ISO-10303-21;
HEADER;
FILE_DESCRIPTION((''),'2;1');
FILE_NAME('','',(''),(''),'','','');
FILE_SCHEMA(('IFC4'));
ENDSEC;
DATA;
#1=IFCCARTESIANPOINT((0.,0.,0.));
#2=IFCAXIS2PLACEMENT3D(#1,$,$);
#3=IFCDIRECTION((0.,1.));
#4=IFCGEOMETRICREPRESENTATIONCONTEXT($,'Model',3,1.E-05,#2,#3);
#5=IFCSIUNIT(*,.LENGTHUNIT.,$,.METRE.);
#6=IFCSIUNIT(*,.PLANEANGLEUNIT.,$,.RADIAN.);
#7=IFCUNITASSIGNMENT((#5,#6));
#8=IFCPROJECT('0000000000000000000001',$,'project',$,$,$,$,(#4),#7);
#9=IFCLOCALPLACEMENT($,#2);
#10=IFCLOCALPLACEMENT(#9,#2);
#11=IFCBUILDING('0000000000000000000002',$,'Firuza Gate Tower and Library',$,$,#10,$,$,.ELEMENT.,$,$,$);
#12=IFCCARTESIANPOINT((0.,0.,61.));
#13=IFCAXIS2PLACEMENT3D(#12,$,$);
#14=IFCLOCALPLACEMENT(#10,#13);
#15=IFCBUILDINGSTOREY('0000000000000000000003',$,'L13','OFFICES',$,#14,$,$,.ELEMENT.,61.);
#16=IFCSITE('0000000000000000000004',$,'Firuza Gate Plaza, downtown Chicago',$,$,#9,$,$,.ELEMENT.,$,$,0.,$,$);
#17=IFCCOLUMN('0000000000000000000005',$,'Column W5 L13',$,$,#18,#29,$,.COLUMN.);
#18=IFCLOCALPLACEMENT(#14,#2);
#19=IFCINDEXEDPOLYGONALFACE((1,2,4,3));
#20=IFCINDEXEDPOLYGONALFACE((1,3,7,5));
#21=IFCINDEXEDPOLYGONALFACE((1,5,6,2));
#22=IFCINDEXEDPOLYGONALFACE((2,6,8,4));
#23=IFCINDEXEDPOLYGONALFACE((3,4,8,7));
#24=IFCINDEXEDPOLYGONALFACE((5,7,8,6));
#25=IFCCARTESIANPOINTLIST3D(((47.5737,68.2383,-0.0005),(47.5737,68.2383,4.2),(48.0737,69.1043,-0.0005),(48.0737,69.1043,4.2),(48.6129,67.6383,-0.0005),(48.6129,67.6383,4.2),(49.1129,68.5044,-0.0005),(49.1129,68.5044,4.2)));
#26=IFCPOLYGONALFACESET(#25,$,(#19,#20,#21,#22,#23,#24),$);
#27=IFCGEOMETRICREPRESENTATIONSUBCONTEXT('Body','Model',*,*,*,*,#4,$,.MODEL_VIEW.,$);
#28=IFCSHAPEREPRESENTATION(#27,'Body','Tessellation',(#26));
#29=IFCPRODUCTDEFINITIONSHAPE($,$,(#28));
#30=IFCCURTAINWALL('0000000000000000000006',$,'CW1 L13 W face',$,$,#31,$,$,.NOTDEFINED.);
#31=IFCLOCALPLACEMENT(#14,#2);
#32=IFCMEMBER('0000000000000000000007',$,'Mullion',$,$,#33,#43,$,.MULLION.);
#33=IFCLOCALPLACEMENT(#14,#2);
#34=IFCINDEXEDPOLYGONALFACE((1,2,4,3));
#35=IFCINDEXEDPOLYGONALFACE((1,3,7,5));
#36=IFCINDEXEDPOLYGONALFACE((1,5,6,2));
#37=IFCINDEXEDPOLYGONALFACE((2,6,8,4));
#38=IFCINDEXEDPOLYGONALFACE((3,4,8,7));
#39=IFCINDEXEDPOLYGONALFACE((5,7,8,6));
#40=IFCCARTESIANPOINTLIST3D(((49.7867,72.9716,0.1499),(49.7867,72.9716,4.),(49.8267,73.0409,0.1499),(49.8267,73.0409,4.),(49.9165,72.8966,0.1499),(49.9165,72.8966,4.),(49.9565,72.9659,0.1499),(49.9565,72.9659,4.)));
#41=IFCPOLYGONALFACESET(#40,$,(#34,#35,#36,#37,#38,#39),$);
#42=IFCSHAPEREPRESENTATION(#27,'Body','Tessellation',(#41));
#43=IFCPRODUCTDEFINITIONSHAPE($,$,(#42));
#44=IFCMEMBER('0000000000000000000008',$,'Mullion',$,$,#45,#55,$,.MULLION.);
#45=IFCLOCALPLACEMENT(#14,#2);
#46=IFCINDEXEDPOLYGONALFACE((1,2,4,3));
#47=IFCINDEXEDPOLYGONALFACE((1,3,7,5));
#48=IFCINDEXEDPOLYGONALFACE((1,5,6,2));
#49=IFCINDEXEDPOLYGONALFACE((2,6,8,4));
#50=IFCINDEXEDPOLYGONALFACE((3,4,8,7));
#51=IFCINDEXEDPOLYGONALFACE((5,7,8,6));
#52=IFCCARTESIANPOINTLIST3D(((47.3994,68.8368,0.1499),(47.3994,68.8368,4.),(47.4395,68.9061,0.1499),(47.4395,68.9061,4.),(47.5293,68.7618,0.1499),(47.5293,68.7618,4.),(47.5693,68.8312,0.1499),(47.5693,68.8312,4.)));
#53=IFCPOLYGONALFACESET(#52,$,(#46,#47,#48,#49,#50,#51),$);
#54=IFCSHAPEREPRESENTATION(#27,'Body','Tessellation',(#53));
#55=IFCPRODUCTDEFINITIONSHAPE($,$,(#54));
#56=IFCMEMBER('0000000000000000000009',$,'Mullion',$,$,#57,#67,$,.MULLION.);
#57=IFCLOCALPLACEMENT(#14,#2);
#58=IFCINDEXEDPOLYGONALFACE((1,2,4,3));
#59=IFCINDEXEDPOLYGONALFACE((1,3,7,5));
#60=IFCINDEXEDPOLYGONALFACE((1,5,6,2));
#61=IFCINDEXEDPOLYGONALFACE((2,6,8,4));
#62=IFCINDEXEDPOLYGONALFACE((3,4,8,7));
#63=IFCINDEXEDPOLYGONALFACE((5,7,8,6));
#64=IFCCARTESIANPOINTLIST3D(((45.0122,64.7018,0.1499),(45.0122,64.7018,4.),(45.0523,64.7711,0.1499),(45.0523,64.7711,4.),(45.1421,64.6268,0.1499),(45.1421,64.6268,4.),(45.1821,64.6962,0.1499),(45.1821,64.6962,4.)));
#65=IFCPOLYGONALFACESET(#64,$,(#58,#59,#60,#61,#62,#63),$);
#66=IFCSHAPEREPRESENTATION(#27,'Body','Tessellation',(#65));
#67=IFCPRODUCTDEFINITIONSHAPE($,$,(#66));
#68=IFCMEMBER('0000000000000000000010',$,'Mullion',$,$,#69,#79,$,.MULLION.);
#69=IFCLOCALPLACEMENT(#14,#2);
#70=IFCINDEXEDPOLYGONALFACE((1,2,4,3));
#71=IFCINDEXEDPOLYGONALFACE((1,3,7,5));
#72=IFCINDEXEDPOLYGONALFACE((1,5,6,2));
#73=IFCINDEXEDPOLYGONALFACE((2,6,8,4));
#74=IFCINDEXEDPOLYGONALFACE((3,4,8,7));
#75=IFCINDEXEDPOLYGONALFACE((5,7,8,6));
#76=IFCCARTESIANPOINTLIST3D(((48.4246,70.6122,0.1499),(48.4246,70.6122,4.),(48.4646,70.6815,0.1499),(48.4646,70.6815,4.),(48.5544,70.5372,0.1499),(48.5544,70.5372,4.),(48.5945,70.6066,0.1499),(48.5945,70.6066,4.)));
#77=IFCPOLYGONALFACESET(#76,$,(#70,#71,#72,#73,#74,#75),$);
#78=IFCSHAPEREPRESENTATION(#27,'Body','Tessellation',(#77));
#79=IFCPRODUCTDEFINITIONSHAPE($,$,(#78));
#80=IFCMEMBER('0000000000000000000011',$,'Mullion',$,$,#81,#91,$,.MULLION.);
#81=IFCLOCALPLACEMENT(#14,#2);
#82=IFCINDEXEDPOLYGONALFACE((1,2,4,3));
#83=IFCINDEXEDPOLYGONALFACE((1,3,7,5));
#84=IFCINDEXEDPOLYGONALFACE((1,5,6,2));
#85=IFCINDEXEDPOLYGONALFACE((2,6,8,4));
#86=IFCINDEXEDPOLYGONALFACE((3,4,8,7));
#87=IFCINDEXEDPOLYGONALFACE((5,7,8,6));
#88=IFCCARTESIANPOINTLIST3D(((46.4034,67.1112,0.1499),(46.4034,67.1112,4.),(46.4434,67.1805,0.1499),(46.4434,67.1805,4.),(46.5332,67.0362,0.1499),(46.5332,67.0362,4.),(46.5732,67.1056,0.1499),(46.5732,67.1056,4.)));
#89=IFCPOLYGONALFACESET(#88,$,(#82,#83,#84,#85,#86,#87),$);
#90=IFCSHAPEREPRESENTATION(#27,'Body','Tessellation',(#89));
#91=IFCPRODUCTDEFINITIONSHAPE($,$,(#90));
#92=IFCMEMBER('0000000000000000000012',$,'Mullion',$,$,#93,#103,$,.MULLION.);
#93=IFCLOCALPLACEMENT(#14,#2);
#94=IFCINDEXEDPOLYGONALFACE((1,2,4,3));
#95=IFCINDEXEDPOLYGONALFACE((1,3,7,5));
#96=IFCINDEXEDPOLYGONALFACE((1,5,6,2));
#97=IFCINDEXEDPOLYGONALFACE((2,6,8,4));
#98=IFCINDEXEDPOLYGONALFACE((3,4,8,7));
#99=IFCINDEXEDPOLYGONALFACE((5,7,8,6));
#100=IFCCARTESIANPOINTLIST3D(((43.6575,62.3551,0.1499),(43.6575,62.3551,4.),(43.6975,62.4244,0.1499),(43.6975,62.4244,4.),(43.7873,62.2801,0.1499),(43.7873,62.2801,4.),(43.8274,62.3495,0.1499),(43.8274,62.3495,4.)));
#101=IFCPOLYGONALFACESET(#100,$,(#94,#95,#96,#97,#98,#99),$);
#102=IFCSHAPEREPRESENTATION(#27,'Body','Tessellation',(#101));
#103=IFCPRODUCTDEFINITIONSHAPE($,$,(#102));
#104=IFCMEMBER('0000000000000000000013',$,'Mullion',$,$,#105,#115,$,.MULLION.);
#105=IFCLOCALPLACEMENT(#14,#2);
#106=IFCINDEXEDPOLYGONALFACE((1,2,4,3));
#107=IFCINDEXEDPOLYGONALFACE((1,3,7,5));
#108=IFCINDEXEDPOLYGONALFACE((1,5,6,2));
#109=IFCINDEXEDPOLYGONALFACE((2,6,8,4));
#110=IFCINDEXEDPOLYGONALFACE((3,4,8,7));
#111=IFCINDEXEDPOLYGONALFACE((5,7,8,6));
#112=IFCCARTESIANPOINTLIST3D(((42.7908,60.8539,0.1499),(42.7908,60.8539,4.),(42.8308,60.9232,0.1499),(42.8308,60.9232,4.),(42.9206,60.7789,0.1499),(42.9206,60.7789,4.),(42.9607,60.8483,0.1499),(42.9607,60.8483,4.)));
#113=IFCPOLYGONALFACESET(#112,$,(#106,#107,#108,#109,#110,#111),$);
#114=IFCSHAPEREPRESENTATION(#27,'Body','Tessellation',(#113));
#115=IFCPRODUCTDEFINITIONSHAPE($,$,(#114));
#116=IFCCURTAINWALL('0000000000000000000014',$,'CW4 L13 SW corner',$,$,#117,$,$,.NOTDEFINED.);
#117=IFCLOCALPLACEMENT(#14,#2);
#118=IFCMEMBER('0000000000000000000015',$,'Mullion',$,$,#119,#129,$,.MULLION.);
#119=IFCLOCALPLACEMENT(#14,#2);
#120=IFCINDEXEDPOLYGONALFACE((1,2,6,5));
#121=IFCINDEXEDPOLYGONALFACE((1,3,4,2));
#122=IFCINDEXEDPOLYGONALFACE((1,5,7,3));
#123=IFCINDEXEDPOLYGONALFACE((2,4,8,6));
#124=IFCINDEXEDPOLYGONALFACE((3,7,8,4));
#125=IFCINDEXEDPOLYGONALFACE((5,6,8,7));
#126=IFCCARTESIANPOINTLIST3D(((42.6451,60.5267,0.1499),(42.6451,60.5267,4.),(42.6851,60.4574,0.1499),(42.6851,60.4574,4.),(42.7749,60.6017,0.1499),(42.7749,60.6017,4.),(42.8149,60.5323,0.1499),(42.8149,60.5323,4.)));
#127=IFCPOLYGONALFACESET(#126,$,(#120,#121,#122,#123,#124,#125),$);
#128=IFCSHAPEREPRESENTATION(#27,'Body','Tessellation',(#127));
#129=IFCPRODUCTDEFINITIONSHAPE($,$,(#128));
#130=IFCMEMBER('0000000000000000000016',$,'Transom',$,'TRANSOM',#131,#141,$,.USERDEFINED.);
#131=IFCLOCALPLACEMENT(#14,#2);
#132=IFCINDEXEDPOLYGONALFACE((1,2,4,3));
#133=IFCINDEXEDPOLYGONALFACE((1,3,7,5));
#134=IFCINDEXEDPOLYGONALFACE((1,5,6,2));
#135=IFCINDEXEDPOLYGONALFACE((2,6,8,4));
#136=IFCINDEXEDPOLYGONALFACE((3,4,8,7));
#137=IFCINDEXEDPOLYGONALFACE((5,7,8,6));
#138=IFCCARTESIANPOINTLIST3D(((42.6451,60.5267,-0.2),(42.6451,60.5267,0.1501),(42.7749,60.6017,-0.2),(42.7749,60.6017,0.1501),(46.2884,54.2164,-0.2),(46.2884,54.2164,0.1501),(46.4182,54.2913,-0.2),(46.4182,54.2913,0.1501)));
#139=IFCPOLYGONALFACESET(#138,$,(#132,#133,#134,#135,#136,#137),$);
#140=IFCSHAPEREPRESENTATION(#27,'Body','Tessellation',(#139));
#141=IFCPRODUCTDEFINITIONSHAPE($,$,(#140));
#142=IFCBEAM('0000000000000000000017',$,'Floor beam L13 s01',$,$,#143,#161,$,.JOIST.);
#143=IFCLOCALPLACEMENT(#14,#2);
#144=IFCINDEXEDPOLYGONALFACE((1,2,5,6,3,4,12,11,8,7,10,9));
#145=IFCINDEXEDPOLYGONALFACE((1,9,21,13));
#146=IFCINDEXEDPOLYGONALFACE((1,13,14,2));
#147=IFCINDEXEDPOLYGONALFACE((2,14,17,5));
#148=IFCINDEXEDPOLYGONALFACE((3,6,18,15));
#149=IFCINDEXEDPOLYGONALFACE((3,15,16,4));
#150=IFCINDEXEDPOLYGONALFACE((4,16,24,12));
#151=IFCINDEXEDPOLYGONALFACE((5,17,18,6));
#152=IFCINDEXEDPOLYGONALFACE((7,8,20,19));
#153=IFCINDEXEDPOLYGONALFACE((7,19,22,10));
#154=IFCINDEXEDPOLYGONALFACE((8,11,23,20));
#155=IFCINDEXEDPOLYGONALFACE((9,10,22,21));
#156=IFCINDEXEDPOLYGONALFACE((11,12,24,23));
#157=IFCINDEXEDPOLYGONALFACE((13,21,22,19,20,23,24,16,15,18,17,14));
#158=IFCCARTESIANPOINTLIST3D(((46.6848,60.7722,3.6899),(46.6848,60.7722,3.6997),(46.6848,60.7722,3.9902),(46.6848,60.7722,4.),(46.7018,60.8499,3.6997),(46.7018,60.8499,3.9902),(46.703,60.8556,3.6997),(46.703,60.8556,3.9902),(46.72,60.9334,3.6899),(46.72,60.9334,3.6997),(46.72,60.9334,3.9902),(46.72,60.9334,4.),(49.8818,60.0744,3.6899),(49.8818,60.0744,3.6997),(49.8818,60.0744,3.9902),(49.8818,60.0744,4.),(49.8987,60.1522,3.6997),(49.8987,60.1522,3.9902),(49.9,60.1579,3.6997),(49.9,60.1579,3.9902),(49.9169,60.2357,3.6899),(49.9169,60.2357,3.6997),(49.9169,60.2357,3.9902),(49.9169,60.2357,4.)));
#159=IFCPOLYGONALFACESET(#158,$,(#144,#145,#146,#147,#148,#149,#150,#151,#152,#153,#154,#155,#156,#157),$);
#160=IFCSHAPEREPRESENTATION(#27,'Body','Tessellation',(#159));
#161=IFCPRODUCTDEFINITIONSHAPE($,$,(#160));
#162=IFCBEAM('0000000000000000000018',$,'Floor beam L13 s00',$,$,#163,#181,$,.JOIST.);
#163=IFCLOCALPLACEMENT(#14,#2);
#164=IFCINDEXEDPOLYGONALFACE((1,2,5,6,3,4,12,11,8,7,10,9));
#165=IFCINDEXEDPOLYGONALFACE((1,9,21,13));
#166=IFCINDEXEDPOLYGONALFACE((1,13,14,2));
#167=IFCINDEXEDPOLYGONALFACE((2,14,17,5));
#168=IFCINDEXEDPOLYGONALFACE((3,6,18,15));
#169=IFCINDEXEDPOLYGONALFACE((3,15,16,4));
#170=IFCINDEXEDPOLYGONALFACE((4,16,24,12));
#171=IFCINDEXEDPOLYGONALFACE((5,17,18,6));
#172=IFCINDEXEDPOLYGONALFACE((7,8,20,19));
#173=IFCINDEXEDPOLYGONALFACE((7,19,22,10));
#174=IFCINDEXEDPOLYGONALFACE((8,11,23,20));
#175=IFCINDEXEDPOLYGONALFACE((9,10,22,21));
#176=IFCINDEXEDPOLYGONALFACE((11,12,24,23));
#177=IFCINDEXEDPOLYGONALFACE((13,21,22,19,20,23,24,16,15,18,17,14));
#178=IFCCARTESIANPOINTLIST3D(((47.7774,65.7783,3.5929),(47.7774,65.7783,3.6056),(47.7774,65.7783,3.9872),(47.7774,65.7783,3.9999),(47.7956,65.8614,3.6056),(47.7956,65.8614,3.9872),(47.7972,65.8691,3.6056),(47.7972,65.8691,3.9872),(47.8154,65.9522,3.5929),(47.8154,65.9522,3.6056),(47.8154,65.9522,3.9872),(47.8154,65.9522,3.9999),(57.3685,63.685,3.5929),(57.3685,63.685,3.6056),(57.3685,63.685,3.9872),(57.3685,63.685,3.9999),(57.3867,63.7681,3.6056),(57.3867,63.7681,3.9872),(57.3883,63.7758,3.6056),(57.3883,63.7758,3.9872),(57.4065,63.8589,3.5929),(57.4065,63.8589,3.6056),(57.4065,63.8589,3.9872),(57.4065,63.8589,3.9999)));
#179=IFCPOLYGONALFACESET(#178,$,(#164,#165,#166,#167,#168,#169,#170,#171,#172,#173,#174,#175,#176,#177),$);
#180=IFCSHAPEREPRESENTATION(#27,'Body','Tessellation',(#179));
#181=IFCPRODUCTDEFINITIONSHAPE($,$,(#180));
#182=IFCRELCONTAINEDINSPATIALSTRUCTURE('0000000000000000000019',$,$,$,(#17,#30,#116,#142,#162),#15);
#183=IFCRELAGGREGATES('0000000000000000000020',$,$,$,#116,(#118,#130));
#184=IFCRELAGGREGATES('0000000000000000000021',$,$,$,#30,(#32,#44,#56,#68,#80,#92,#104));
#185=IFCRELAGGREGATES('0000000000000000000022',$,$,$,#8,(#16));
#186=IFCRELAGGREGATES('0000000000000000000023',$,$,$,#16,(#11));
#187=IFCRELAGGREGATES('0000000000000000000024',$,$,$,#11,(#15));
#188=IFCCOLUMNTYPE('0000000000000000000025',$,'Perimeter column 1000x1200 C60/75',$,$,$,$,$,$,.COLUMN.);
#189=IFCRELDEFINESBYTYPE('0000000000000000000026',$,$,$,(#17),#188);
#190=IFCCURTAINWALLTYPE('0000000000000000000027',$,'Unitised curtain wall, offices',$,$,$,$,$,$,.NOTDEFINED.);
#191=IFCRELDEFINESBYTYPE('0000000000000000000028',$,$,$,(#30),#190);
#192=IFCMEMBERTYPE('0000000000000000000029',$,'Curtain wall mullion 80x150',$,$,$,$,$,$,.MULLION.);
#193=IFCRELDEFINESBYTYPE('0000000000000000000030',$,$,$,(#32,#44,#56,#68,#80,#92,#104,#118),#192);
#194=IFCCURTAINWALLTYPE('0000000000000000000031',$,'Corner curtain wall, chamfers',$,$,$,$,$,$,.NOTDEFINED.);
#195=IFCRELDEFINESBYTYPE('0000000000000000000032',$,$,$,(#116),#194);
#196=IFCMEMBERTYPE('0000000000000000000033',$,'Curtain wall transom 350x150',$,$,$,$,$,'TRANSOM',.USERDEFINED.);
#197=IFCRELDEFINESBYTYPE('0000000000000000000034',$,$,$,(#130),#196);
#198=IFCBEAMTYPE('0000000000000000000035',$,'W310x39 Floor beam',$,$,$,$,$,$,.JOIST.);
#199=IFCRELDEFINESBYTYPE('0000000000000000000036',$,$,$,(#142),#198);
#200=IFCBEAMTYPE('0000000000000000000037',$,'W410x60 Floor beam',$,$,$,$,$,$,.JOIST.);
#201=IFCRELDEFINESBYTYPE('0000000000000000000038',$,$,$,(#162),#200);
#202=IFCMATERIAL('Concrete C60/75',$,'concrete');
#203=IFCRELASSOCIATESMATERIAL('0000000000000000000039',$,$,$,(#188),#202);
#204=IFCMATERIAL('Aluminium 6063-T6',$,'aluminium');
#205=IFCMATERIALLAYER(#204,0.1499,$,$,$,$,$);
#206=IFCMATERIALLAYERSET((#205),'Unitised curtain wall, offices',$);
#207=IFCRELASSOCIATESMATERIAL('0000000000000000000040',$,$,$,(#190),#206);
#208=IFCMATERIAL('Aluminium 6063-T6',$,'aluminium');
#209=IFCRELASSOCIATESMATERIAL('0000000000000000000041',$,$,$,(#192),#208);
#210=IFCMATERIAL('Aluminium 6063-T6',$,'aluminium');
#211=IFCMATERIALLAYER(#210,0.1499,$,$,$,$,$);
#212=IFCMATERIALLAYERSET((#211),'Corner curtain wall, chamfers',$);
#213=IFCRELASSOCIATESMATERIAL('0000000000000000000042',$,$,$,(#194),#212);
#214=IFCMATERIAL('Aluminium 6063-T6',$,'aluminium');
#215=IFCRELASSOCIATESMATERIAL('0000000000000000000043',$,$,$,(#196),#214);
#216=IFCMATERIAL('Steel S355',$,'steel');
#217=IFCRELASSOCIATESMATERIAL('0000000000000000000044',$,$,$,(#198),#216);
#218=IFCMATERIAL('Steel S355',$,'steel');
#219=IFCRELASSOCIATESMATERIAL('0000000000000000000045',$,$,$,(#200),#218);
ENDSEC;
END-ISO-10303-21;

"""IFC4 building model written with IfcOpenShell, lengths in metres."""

from ifc_helpers import new_model, si_unit, direction, frame, origin, origin_2d, place, context, subcontext, project, spatial, rectangle, i_section, extrude, material, layer, layer_set, material_profile, profile_set, type_object, element, aggregate, save


model = new_model("IFC4")

# Units and contexts
model_context = context("Model", 3, precision=1e-05, world=origin(), true_north=direction((0.0, 1.0)))
body_context = subcontext(model_context, "Body", "Model", "MODEL_VIEW")
ifc_project = project(units=[si_unit("LENGTHUNIT", "METRE"), si_unit("PLANEANGLEUNIT", "RADIAN")], contexts=[model_context])

# Site, building, storey
site_placement = place(None, origin())
site = spatial("IfcSite", under=ifc_project, at=site_placement, Name="Firuza Gate Plaza, downtown Chicago", CompositionType="ELEMENT", RefElevation=0.0)
building_placement = place(site_placement, origin())
building = spatial("IfcBuilding", under=site, at=building_placement, Name="Firuza Gate Tower and Library", CompositionType="ELEMENT")
storey_placement = place(building_placement, frame((0.0, 0.0, 61.0)))
storey = spatial("IfcBuildingStorey", under=building, at=storey_placement, Name="L13", Description="OFFICES", CompositionType="ELEMENT", Elevation=61.0)

# Column
ifc_material_1 = material(Name="Concrete C60/75", Category="concrete")
ifc_material_profile_1 = material_profile(ifc_material_1, rectangle(XDim=1.0, YDim=1.2, at=origin_2d()))
ifc_profile_set_1 = profile_set([ifc_material_profile_1], Name="Concrete C60/75")
column_type = type_object("IfcColumnType", Name="Perimeter column 1000x1200 C60/75", PredefinedType="COLUMN", material=ifc_profile_set_1)
column_placement = place(storey_placement, frame((48.3433, 68.3713, -0.0005), z_axis=(0.0, 0.0, 1.0), x_axis=(-0.5, -0.866025, 0.0)))
element("IfcColumn", 1, at=column_placement, inside=storey, type_object=column_type, Name="Column W5 L13", PredefinedType="COLUMN", context=body_context, shape_type="SweptSolid", body=[
    extrude(rectangle(XDim=1.0, YDim=1.2, at=origin_2d()), origin(), (0.0, 0.0, 1.0), 4.2004),
])

# Curtain walls, members
ifc_material_2 = material(Name="Aluminium 6063-T6", Category="aluminium")
ifc_layer_1 = layer(ifc_material_2, 0.1499)
ifc_layer_set_1 = layer_set([ifc_layer_1], Name="Unitised curtain wall, offices")
curtain_wall_type_1 = type_object("IfcCurtainWallType", Name="Unitised curtain wall, offices", PredefinedType="NOTDEFINED", material=ifc_layer_set_1)
placement = place(storey_placement, origin())
curtain_wall_1 = element("IfcCurtainWall", 2, at=placement, inside=storey, type_object=curtain_wall_type_1, Name="CW1 L13 W face", PredefinedType="NOTDEFINED")
ifc_material_3 = material(Name="Aluminium 6063-T6", Category="aluminium")
ifc_material_profile_2 = material_profile(ifc_material_3, rectangle(XDim=0.1499, YDim=0.0801, at=origin_2d()))
ifc_profile_set_2 = profile_set([ifc_material_profile_2], Name="Aluminium 6063-T6")
member_type_1 = type_object("IfcMemberType", Name="Curtain wall mullion 80x150", PredefinedType="MULLION", material=ifc_profile_set_2)
member_1_placement = place(storey_placement, frame((49.8716, 72.9688, 0.1499), z_axis=(0.0, 0.0, 1.0), x_axis=(0.866025, -0.5, 0.0)))
member_1 = element("IfcMember", 3, at=member_1_placement, type_object=member_type_1, Name="Mullion", PredefinedType="MULLION", context=body_context, shape_type="SweptSolid", body=[
    extrude(rectangle(XDim=0.1499, YDim=0.0801, at=origin_2d()), origin(), (0.0, 0.0, 1.0), 3.8501),
])
member_2_placement = place(storey_placement, frame((47.4844, 68.834, 0.1499), z_axis=(0.0, 0.0, 1.0), x_axis=(0.866025, -0.5, 0.0)))
member_2 = element("IfcMember", 4, at=member_2_placement, type_object=member_type_1, Name="Mullion", PredefinedType="MULLION", context=body_context, shape_type="SweptSolid", body=[
    extrude(rectangle(XDim=0.1499, YDim=0.0801, at=origin_2d()), origin(), (0.0, 0.0, 1.0), 3.8501),
])
member_3_placement = place(storey_placement, frame((45.0972, 64.699, 0.1499), z_axis=(0.0, 0.0, 1.0), x_axis=(0.866025, -0.5, 0.0)))
member_3 = element("IfcMember", 5, at=member_3_placement, type_object=member_type_1, Name="Mullion", PredefinedType="MULLION", context=body_context, shape_type="SweptSolid", body=[
    extrude(rectangle(XDim=0.1499, YDim=0.0801, at=origin_2d()), origin(), (0.0, 0.0, 1.0), 3.8501),
])
member_4_placement = place(storey_placement, frame((48.5095, 70.6094, 0.1499), z_axis=(0.0, 0.0, 1.0), x_axis=(0.866025, -0.5, 0.0)))
member_4 = element("IfcMember", 6, at=member_4_placement, type_object=member_type_1, Name="Mullion", PredefinedType="MULLION", context=body_context, shape_type="SweptSolid", body=[
    extrude(rectangle(XDim=0.1499, YDim=0.0801, at=origin_2d()), origin(), (0.0, 0.0, 1.0), 3.8501),
])
member_5_placement = place(storey_placement, frame((46.4883, 67.1084, 0.1499), z_axis=(0.0, 0.0, 1.0), x_axis=(0.866025, -0.5, 0.0)))
member_5 = element("IfcMember", 7, at=member_5_placement, type_object=member_type_1, Name="Mullion", PredefinedType="MULLION", context=body_context, shape_type="SweptSolid", body=[
    extrude(rectangle(XDim=0.1499, YDim=0.0801, at=origin_2d()), origin(), (0.0, 0.0, 1.0), 3.8501),
])
member_6_placement = place(storey_placement, frame((43.7424, 62.3523, 0.1499), z_axis=(0.0, 0.0, 1.0), x_axis=(0.866025, -0.5, 0.0)))
member_6 = element("IfcMember", 8, at=member_6_placement, type_object=member_type_1, Name="Mullion", PredefinedType="MULLION", context=body_context, shape_type="SweptSolid", body=[
    extrude(rectangle(XDim=0.1499, YDim=0.0801, at=origin_2d()), origin(), (0.0, 0.0, 1.0), 3.8501),
])
member_7_placement = place(storey_placement, frame((42.8757, 60.8511, 0.1499), z_axis=(0.0, 0.0, 1.0), x_axis=(0.866025, -0.5, 0.0)))
member_7 = element("IfcMember", 9, at=member_7_placement, type_object=member_type_1, Name="Mullion", PredefinedType="MULLION", context=body_context, shape_type="SweptSolid", body=[
    extrude(rectangle(XDim=0.1499, YDim=0.0801, at=origin_2d()), origin(), (0.0, 0.0, 1.0), 3.8501),
])
ifc_material_4 = material(Name="Aluminium 6063-T6", Category="aluminium")
ifc_layer_2 = layer(ifc_material_4, 0.1499)
ifc_layer_set_2 = layer_set([ifc_layer_2], Name="Corner curtain wall, chamfers")
curtain_wall_type_2 = type_object("IfcCurtainWallType", Name="Corner curtain wall, chamfers", PredefinedType="NOTDEFINED", material=ifc_layer_set_2)
curtain_wall_2 = element("IfcCurtainWall", 10, at=placement, inside=storey, type_object=curtain_wall_type_2, Name="CW4 L13 SW corner", PredefinedType="NOTDEFINED")
member_8_placement = place(storey_placement, frame((42.73, 60.5295, 0.1499), z_axis=(0.0, 0.0, 1.0), x_axis=(0.866025, 0.5, 0.0)))
member_8 = element("IfcMember", 11, at=member_8_placement, type_object=member_type_1, Name="Mullion", PredefinedType="MULLION", context=body_context, shape_type="SweptSolid", body=[
    extrude(rectangle(XDim=0.1499, YDim=0.0801, at=origin_2d()), origin(), (0.0, 0.0, 1.0), 3.8501),
])
ifc_material_5 = material(Name="Aluminium 6063-T6", Category="aluminium")
ifc_material_profile_3 = material_profile(ifc_material_5, rectangle(XDim=0.1499, YDim=0.3501, at=origin_2d()))
ifc_profile_set_3 = profile_set([ifc_material_profile_3], Name="Aluminium 6063-T6")
member_type_2 = type_object("IfcMemberType", Name="Curtain wall transom 350x150", ElementType="TRANSOM", PredefinedType="USERDEFINED", material=ifc_profile_set_3)
member_9_placement = place(storey_placement, frame((42.71, 60.5642, -0.0249), z_axis=(0.500006, -0.866022, 0.0), x_axis=(0.866022, 0.500006, 0.0)))
member_9 = element("IfcMember", 12, at=member_9_placement, type_object=member_type_2, Name="Transom", ObjectType="TRANSOM", PredefinedType="USERDEFINED", context=body_context, shape_type="SweptSolid", body=[
    extrude(rectangle(XDim=0.1499, YDim=0.3501, at=origin_2d()), origin(), (0.0, 0.0, 1.0), 7.2866),
])

# Beams
ifc_material_6 = material(Name="Steel S355", Category="steel")
ifc_material_profile_4 = material_profile(ifc_material_6, i_section(OverallWidth=0.165, OverallDepth=0.3101, WebThickness=0.0059, FlangeThickness=0.0098, at=origin_2d()))
ifc_profile_set_4 = profile_set([ifc_material_profile_4], Name="Steel S355")
beam_type_1 = type_object("IfcBeamType", Name="W310x39 Floor beam", PredefinedType="JOIST", material=ifc_profile_set_4)
beam_1_placement = place(storey_placement, frame((46.7024, 60.8528, 3.845), z_axis=(0.977002, -0.213232, 0.0), x_axis=(0.213232, 0.977002, 0.0)))
element("IfcBeam", 13, at=beam_1_placement, inside=storey, type_object=beam_type_1, Name="Floor beam L13 s01", PredefinedType="JOIST", context=body_context, shape_type="SweptSolid", body=[
    extrude(i_section(OverallWidth=0.165, OverallDepth=0.3101, WebThickness=0.0059, FlangeThickness=0.0098, at=origin_2d()), origin(), (0.0, 0.0, 1.0), 3.2722),
])
ifc_material_7 = material(Name="Steel S355", Category="steel")
ifc_material_profile_5 = material_profile(ifc_material_7, i_section(OverallWidth=0.178, OverallDepth=0.407, WebThickness=0.0078, FlangeThickness=0.0127, at=origin_2d()))
ifc_profile_set_5 = profile_set([ifc_material_profile_5], Name="Steel S355")
beam_type_2 = type_object("IfcBeamType", Name="W410x60 Floor beam", PredefinedType="JOIST", material=ifc_profile_set_5)
beam_2_placement = place(storey_placement, frame((47.7964, 65.8652, 3.7964), z_axis=(0.977002, -0.213232, 0.0), x_axis=(0.213232, 0.977002, 0.0)))
element("IfcBeam", 14, at=beam_2_placement, inside=storey, type_object=beam_type_2, Name="Floor beam L13 s00", PredefinedType="JOIST", context=body_context, shape_type="SweptSolid", body=[
    extrude(i_section(OverallWidth=0.178, OverallDepth=0.407, WebThickness=0.0078, FlangeThickness=0.0127, at=origin_2d()), origin(), (0.0, 0.0, 1.0), 9.8169),
])

aggregate(curtain_wall_2, [member_8, member_9])
aggregate(curtain_wall_1, [member_1, member_2, member_3, member_4, member_5, member_6, member_7])

save(model, "model.ifc")
